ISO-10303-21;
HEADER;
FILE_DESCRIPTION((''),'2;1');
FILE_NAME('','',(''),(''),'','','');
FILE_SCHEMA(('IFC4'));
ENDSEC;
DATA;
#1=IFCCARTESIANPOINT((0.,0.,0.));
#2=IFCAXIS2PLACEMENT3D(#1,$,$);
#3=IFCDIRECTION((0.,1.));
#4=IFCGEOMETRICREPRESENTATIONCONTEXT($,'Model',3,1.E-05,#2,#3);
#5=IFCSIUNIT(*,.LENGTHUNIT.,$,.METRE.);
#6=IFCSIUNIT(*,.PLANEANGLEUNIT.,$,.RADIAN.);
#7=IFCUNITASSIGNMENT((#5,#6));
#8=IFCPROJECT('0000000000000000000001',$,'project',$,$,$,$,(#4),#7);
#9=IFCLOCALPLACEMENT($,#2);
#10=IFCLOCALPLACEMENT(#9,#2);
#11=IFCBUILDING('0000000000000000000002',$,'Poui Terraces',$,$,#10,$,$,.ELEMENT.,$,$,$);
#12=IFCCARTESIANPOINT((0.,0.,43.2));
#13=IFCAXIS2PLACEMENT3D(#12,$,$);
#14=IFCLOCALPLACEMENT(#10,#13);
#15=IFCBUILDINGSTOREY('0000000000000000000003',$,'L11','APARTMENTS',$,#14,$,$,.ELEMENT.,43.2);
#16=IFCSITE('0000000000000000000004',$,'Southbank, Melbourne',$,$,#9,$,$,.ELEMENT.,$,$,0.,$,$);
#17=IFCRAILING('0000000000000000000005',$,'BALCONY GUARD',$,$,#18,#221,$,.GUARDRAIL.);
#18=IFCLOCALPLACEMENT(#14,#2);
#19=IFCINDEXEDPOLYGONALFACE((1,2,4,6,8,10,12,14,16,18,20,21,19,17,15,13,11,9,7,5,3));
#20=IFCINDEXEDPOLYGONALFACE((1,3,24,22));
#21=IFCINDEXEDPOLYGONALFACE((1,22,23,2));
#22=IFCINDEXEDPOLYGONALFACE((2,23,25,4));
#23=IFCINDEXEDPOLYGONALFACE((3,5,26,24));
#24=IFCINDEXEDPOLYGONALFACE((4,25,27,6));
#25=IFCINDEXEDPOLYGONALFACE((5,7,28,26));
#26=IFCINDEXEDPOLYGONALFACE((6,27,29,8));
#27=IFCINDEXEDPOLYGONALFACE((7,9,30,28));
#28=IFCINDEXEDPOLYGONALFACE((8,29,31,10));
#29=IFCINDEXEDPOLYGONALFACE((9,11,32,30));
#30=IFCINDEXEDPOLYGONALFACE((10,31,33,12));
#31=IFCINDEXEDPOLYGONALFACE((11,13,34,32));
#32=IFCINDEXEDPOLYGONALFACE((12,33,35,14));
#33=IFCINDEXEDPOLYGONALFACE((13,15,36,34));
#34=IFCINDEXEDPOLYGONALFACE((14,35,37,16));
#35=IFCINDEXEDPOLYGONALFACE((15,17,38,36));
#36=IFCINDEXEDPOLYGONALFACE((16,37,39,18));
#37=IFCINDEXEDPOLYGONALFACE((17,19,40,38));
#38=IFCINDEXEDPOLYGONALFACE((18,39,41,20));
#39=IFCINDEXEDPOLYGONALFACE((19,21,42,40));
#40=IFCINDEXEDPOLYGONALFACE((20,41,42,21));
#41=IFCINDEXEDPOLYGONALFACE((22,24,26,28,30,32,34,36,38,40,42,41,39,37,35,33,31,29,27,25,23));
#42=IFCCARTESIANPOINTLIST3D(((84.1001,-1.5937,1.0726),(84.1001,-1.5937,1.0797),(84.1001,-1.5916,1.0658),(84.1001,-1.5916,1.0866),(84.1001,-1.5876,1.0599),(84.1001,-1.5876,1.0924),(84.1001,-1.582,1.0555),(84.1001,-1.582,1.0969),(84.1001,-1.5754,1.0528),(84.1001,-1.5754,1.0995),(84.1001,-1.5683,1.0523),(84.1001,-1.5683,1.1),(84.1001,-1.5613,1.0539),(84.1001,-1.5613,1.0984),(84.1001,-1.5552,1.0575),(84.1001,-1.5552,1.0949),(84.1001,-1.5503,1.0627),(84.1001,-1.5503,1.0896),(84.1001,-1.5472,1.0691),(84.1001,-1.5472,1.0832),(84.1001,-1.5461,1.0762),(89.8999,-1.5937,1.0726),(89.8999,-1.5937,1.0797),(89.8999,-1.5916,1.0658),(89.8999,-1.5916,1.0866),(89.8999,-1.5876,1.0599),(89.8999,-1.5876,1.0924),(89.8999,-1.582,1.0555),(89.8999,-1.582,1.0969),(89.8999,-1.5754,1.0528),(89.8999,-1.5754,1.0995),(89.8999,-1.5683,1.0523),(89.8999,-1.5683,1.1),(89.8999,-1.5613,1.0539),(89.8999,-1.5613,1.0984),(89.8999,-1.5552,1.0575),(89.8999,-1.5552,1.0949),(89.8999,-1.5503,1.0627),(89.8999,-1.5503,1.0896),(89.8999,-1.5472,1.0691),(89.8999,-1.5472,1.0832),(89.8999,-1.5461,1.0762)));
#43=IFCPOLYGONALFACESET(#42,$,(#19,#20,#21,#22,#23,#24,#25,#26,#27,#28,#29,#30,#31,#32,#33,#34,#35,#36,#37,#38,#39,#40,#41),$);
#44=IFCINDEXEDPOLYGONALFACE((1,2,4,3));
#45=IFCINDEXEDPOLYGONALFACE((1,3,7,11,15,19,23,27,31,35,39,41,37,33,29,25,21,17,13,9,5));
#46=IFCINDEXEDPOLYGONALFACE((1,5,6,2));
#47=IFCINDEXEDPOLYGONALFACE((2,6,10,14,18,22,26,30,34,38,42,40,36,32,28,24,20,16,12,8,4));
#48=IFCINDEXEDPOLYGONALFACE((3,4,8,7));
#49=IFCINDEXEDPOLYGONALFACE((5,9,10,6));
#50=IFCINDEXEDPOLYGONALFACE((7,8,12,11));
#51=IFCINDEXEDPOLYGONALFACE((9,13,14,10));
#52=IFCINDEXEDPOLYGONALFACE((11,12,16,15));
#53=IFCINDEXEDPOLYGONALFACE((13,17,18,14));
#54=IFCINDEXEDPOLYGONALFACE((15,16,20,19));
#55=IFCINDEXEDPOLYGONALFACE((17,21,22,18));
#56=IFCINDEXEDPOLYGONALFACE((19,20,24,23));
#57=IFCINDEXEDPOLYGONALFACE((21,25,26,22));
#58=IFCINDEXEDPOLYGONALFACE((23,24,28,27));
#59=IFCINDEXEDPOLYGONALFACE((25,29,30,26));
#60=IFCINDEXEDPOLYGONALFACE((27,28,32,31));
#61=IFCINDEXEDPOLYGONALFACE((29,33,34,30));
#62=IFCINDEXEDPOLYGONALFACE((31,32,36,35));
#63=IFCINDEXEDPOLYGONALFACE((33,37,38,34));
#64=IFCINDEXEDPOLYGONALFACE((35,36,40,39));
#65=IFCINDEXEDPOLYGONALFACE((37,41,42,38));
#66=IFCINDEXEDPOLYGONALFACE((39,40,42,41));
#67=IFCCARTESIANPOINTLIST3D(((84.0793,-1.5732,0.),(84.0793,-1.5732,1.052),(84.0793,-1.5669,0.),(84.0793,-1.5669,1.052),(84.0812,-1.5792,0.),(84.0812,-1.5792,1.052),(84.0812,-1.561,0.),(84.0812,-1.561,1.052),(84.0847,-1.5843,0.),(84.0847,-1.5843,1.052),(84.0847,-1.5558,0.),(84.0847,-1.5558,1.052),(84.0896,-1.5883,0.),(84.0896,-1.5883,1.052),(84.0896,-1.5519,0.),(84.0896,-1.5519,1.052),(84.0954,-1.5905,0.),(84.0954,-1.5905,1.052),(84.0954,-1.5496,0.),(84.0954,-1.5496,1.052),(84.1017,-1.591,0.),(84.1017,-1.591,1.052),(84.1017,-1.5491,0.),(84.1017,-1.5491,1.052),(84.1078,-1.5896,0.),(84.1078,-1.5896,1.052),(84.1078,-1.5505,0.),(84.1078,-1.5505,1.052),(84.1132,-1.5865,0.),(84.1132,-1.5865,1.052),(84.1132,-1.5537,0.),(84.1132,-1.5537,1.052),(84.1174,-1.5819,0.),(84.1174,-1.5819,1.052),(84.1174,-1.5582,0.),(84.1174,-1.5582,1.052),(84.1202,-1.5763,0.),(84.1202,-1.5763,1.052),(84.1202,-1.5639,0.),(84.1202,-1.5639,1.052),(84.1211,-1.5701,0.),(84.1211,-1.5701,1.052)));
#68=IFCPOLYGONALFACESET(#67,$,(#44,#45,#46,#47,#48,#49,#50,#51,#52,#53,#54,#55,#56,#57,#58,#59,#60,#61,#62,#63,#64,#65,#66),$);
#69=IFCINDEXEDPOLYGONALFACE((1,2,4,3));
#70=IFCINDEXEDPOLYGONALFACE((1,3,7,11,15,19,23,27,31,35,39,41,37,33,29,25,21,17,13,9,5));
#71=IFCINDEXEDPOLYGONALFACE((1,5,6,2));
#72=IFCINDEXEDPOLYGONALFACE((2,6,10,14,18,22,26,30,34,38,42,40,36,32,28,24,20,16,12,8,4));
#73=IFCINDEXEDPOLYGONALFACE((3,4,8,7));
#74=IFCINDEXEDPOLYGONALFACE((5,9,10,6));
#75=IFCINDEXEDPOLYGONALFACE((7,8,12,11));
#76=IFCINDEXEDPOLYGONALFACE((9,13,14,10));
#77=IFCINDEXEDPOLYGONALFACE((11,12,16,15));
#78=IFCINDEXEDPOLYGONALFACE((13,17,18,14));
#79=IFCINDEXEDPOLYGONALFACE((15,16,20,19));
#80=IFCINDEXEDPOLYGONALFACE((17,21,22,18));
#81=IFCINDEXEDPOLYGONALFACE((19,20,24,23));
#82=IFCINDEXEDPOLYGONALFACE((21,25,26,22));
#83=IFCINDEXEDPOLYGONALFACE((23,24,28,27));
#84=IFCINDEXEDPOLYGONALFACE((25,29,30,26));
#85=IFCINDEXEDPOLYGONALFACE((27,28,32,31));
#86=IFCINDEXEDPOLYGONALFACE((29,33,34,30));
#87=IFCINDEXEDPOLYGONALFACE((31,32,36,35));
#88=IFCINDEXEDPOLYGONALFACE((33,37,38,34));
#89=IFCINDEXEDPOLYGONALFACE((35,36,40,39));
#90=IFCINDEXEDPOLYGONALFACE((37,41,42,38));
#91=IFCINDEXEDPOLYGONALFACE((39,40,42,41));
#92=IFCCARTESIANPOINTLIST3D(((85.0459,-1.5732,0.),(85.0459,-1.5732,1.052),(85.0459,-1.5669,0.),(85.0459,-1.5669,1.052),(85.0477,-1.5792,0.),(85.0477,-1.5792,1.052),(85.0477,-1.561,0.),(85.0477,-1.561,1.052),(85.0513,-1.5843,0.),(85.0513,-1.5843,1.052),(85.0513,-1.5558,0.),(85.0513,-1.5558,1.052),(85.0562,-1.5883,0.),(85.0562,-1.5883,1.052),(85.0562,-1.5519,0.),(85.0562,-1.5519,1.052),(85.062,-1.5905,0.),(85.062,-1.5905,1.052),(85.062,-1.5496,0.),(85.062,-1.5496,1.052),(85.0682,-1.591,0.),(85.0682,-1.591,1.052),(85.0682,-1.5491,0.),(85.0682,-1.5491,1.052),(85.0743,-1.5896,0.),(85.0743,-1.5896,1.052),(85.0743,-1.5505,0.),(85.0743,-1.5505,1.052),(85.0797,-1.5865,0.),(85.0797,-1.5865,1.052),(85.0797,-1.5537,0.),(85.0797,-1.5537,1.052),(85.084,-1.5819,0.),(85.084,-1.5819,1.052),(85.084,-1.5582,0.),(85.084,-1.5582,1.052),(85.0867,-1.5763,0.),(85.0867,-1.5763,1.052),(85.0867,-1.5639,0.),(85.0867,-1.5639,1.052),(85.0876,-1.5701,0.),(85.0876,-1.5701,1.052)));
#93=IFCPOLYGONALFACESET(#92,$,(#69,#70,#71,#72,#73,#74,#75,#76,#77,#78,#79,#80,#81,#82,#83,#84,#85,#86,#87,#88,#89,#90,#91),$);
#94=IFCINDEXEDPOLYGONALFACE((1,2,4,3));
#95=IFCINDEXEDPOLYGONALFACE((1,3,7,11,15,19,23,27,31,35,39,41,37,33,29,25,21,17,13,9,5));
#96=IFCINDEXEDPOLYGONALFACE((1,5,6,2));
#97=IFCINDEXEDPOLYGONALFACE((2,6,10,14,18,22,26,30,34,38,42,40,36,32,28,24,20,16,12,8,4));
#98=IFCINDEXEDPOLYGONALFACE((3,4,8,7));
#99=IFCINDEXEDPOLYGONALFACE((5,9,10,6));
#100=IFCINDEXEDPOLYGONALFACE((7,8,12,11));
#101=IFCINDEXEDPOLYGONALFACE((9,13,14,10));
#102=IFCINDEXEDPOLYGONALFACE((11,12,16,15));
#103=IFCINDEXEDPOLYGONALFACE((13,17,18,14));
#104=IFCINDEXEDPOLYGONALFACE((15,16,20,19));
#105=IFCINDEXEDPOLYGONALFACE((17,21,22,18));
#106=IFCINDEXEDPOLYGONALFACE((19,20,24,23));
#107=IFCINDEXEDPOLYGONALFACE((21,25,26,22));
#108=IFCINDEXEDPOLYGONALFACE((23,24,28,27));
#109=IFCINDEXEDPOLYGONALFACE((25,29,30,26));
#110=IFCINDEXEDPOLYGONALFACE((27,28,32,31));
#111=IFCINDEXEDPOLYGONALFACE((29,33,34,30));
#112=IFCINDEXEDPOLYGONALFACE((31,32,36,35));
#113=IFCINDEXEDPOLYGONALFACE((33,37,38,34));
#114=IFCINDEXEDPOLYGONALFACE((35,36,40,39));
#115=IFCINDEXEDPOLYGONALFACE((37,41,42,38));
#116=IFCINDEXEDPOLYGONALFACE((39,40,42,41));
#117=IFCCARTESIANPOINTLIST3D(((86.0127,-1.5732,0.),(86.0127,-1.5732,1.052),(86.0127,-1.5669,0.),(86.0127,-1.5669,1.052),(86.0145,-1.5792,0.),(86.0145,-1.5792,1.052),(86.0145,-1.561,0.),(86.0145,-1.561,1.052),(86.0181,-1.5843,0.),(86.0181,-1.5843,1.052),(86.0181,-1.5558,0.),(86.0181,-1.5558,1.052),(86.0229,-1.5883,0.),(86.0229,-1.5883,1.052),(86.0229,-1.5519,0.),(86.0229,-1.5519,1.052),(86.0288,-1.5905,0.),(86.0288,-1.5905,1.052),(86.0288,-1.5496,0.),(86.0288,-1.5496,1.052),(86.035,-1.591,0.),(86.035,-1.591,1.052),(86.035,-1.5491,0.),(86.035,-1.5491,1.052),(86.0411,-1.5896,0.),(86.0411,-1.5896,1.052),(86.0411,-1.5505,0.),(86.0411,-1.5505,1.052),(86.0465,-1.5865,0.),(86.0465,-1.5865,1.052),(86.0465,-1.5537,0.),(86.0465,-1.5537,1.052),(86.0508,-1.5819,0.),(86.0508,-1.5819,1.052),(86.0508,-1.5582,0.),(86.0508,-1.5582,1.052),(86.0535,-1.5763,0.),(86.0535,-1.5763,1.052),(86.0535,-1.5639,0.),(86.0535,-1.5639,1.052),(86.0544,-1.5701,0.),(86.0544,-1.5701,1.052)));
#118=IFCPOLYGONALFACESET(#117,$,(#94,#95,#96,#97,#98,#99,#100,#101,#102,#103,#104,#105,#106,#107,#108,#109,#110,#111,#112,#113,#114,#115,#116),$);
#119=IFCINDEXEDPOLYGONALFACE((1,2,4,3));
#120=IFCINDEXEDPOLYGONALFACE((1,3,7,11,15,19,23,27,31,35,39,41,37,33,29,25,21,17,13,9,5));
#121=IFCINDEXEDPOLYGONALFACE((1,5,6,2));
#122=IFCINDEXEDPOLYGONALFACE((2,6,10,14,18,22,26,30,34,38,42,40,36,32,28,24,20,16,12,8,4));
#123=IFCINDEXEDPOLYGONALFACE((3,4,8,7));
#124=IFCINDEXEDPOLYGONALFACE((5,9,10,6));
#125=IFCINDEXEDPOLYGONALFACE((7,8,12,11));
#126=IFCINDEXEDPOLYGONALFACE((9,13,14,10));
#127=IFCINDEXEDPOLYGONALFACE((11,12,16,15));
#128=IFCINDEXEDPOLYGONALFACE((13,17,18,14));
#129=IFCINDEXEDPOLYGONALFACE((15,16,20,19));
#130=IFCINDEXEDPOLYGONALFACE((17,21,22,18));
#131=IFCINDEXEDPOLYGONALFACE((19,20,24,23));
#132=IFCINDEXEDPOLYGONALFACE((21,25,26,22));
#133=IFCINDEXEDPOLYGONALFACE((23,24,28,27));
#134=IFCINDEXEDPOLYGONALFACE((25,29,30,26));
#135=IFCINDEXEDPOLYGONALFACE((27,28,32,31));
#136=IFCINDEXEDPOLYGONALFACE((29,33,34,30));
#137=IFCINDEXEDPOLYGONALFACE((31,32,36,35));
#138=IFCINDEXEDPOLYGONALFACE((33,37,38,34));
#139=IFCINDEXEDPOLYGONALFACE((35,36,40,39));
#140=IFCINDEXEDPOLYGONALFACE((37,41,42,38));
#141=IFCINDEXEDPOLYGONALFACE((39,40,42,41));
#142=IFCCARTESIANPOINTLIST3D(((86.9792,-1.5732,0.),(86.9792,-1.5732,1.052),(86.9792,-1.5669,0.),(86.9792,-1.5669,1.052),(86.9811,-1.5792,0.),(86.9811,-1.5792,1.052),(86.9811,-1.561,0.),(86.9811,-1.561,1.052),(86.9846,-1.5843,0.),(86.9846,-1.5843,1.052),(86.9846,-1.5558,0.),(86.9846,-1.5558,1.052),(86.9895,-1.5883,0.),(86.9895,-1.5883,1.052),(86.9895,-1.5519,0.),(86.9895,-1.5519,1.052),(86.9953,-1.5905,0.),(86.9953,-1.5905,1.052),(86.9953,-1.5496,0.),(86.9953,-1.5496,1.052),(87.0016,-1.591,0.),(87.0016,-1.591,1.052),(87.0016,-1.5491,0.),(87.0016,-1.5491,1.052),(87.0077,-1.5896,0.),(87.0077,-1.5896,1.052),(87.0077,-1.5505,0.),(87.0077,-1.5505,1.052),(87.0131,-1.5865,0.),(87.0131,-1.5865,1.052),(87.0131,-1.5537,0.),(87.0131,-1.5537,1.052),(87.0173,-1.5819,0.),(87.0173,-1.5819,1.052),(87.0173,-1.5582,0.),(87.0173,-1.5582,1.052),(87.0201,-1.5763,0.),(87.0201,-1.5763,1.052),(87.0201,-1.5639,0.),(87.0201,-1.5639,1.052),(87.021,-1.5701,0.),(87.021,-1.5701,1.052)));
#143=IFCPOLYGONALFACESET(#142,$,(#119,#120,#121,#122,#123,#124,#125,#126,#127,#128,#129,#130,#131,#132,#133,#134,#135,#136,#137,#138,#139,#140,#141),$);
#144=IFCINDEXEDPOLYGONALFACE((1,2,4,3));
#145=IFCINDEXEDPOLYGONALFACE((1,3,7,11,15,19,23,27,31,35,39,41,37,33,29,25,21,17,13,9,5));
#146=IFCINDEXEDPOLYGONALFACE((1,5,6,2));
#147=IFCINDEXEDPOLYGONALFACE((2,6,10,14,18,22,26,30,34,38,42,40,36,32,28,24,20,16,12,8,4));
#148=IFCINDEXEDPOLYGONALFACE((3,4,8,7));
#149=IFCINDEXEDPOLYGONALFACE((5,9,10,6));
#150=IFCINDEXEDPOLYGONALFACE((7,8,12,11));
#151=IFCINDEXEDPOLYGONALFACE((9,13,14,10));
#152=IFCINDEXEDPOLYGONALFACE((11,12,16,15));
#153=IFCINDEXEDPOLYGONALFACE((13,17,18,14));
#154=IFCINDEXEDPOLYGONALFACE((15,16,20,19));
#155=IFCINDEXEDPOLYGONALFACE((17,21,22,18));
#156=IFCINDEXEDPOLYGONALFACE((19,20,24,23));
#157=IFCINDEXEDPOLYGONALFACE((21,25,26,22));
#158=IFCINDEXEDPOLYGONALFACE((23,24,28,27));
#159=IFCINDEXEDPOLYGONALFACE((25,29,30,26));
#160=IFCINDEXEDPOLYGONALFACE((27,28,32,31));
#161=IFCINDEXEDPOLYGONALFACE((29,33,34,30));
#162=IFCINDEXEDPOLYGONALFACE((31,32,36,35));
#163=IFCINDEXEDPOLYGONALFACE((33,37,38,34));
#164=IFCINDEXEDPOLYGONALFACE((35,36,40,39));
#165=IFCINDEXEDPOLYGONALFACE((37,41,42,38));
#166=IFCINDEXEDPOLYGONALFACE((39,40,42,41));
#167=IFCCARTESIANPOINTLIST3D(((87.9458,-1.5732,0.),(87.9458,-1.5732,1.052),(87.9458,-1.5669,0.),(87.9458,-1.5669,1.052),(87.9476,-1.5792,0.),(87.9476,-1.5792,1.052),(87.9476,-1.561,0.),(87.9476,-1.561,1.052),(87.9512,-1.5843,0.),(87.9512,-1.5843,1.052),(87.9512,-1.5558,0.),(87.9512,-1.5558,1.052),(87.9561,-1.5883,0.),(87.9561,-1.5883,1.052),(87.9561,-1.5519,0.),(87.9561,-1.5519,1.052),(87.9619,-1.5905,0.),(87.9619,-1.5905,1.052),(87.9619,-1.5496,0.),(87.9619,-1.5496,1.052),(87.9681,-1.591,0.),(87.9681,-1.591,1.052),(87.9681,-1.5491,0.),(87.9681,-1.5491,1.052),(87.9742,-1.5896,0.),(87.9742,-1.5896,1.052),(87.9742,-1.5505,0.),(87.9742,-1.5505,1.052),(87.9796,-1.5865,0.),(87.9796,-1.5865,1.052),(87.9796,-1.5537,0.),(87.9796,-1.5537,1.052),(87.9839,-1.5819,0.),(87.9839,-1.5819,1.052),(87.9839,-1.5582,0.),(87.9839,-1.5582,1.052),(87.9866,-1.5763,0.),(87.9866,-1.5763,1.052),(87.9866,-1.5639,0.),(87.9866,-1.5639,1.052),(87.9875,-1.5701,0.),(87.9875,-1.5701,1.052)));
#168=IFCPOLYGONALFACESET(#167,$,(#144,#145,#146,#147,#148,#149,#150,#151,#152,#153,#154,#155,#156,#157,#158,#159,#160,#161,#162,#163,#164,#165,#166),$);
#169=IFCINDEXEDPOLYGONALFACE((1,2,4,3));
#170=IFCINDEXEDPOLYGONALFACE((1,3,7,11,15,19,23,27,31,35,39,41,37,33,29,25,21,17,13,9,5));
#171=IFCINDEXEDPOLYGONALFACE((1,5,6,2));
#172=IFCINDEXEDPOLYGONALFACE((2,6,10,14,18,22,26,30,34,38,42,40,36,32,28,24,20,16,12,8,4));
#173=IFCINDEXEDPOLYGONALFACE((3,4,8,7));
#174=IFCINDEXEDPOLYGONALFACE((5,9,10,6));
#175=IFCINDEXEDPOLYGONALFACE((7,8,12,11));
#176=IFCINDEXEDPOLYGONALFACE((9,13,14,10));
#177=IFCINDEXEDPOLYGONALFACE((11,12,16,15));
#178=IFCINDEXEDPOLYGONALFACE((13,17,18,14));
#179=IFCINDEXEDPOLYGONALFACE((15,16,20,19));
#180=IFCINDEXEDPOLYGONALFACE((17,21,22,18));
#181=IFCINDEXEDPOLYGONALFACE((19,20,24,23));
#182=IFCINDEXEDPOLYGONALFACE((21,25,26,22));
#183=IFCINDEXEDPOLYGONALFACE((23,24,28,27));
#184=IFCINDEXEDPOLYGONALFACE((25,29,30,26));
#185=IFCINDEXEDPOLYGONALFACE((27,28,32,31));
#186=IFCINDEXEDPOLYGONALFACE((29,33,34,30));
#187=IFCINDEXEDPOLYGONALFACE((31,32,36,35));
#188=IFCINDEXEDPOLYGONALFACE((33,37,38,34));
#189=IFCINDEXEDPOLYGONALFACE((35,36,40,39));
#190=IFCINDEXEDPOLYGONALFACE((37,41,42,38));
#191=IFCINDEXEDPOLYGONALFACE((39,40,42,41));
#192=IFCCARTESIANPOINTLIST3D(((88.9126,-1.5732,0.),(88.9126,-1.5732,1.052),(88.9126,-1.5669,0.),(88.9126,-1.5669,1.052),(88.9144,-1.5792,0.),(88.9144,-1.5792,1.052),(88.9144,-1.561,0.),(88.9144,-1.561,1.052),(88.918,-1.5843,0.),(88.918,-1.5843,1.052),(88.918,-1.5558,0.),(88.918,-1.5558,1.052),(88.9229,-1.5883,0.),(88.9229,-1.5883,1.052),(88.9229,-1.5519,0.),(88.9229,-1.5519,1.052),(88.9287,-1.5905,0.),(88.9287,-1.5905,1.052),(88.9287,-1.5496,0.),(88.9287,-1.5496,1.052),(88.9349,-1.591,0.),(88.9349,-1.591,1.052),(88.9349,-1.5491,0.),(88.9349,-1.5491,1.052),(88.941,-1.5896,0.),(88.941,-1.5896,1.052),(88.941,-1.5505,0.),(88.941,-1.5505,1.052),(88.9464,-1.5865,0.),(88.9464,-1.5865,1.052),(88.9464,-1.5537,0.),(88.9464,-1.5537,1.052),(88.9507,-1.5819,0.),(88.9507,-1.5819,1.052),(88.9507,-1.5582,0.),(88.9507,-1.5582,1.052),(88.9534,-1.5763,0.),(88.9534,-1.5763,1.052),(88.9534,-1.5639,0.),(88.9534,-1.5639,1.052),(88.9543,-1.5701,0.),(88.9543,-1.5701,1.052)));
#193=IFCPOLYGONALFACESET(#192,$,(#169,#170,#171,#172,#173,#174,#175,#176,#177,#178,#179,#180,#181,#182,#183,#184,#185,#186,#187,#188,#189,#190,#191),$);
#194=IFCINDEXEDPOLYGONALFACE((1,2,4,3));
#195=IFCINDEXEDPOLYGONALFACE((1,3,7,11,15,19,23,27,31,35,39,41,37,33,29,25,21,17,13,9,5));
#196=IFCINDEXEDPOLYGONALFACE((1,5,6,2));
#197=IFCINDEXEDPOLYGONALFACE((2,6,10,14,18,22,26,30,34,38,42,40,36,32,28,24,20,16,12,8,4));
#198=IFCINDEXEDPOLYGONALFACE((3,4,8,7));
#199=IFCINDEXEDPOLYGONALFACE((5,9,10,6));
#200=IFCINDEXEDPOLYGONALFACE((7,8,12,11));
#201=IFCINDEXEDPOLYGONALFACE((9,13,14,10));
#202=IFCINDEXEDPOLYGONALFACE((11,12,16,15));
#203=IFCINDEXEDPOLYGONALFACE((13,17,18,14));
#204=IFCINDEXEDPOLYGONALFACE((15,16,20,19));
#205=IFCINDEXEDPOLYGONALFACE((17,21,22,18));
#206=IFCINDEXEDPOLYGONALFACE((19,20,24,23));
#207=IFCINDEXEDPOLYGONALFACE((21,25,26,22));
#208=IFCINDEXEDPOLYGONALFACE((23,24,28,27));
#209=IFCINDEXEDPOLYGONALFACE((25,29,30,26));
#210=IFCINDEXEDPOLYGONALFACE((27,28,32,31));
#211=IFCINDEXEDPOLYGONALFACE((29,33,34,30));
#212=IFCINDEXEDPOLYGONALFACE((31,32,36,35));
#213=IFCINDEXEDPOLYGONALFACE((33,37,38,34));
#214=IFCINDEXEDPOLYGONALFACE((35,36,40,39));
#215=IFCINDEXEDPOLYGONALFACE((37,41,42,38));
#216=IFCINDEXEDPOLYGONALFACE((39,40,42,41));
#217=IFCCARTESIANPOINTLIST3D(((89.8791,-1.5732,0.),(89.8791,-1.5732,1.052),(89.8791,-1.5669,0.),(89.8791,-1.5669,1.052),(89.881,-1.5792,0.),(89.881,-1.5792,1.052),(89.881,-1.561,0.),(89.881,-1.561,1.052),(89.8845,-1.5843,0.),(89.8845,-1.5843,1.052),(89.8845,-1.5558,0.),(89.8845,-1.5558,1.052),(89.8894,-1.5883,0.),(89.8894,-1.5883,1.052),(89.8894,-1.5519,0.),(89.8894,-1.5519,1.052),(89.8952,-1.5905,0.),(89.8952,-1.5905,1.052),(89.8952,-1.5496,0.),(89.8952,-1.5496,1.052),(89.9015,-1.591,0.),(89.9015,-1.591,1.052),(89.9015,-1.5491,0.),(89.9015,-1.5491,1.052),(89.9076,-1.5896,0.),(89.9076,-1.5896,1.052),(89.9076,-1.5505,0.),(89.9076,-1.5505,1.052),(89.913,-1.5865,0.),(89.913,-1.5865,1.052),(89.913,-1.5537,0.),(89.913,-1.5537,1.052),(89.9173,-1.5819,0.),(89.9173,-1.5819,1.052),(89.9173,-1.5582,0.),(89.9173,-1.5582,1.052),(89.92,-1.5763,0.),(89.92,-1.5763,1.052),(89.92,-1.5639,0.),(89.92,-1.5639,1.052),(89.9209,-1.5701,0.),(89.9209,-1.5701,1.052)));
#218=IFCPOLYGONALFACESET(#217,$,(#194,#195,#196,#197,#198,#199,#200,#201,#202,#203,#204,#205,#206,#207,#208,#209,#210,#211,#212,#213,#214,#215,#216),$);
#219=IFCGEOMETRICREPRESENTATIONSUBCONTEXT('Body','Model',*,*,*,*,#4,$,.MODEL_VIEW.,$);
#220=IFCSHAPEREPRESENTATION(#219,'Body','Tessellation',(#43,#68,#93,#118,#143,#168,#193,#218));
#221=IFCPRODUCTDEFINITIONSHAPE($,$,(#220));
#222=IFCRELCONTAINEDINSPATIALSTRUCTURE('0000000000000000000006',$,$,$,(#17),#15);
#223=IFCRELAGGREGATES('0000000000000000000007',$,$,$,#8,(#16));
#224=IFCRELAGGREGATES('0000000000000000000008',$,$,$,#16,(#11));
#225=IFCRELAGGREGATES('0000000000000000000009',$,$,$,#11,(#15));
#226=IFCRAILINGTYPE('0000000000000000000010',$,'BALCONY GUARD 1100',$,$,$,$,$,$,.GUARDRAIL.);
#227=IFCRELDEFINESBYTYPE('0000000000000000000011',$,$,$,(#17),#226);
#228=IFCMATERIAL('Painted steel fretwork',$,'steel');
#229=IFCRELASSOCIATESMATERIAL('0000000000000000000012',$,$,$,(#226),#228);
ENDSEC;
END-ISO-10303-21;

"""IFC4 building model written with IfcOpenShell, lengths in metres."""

from ifc_helpers import new_model, si_unit, direction, frame, origin, origin_2d, place, context, subcontext, project, spatial, circle, extrude, material, type_object, element, save


model = new_model("IFC4")

# Units and contexts
model_context = context("Model", 3, precision=1e-05, world=origin(), true_north=direction((0.0, 1.0)))
body_context = subcontext(model_context, "Body", "Model", "MODEL_VIEW")
ifc_project = project(units=[si_unit("LENGTHUNIT", "METRE"), si_unit("PLANEANGLEUNIT", "RADIAN")], contexts=[model_context])

# Site, building, storey
site_placement = place(None, origin())
site = spatial("IfcSite", under=ifc_project, at=site_placement, Name="Southbank, Melbourne", CompositionType="ELEMENT", RefElevation=0.0)
building_placement = place(site_placement, origin())
building = spatial("IfcBuilding", under=site, at=building_placement, Name="Poui Terraces", CompositionType="ELEMENT")
storey_placement = place(building_placement, frame((0.0, 0.0, 43.2)))
storey = spatial("IfcBuildingStorey", under=building, at=storey_placement, Name="L11", Description="APARTMENTS", CompositionType="ELEMENT", Elevation=43.2)

# Railing
ifc_material_1 = material(Name="Painted steel fretwork", Category="steel")
railing_type = type_object("IfcRailingType", Name="BALCONY GUARD 1100", PredefinedType="GUARDRAIL", material=ifc_material_1)
railing_placement = place(storey_placement, frame((84.1001, -1.5701, 0.0)))
element("IfcRailing", 1, at=railing_placement, inside=storey, type_object=railing_type, Name="BALCONY GUARD", PredefinedType="GUARDRAIL", context=body_context, shape_type="SweptSolid", body=[
    extrude(circle(Radius=0.0239, at=origin_2d()), frame((0.0, 0.0, 1.0762), z_axis=(1.0, 0.0, 0.0), x_axis=(0.0, 1.0, 0.0)), (0.0, 0.0, 1.0), 5.7998),
    extrude(circle(Radius=0.021, at=origin_2d()), origin(), (0.0, 0.0, 1.0), 1.052),
    extrude(circle(Radius=0.021, at=origin_2d()), frame((0.9666, 0.0, 0.0)), (0.0, 0.0, 1.0), 1.052),
    extrude(circle(Radius=0.021, at=origin_2d()), frame((1.9333, 0.0, 0.0)), (0.0, 0.0, 1.0), 1.052),
    extrude(circle(Radius=0.021, at=origin_2d()), frame((2.8999, 0.0, 0.0)), (0.0, 0.0, 1.0), 1.052),
    extrude(circle(Radius=0.021, at=origin_2d()), frame((3.8665, 0.0, 0.0)), (0.0, 0.0, 1.0), 1.052),
    extrude(circle(Radius=0.021, at=origin_2d()), frame((4.8333, 0.0, 0.0)), (0.0, 0.0, 1.0), 1.052),
    extrude(circle(Radius=0.021, at=origin_2d()), frame((5.7998, 0.0, 0.0)), (0.0, 0.0, 1.0), 1.052),
])

save(model, "model.ifc")
